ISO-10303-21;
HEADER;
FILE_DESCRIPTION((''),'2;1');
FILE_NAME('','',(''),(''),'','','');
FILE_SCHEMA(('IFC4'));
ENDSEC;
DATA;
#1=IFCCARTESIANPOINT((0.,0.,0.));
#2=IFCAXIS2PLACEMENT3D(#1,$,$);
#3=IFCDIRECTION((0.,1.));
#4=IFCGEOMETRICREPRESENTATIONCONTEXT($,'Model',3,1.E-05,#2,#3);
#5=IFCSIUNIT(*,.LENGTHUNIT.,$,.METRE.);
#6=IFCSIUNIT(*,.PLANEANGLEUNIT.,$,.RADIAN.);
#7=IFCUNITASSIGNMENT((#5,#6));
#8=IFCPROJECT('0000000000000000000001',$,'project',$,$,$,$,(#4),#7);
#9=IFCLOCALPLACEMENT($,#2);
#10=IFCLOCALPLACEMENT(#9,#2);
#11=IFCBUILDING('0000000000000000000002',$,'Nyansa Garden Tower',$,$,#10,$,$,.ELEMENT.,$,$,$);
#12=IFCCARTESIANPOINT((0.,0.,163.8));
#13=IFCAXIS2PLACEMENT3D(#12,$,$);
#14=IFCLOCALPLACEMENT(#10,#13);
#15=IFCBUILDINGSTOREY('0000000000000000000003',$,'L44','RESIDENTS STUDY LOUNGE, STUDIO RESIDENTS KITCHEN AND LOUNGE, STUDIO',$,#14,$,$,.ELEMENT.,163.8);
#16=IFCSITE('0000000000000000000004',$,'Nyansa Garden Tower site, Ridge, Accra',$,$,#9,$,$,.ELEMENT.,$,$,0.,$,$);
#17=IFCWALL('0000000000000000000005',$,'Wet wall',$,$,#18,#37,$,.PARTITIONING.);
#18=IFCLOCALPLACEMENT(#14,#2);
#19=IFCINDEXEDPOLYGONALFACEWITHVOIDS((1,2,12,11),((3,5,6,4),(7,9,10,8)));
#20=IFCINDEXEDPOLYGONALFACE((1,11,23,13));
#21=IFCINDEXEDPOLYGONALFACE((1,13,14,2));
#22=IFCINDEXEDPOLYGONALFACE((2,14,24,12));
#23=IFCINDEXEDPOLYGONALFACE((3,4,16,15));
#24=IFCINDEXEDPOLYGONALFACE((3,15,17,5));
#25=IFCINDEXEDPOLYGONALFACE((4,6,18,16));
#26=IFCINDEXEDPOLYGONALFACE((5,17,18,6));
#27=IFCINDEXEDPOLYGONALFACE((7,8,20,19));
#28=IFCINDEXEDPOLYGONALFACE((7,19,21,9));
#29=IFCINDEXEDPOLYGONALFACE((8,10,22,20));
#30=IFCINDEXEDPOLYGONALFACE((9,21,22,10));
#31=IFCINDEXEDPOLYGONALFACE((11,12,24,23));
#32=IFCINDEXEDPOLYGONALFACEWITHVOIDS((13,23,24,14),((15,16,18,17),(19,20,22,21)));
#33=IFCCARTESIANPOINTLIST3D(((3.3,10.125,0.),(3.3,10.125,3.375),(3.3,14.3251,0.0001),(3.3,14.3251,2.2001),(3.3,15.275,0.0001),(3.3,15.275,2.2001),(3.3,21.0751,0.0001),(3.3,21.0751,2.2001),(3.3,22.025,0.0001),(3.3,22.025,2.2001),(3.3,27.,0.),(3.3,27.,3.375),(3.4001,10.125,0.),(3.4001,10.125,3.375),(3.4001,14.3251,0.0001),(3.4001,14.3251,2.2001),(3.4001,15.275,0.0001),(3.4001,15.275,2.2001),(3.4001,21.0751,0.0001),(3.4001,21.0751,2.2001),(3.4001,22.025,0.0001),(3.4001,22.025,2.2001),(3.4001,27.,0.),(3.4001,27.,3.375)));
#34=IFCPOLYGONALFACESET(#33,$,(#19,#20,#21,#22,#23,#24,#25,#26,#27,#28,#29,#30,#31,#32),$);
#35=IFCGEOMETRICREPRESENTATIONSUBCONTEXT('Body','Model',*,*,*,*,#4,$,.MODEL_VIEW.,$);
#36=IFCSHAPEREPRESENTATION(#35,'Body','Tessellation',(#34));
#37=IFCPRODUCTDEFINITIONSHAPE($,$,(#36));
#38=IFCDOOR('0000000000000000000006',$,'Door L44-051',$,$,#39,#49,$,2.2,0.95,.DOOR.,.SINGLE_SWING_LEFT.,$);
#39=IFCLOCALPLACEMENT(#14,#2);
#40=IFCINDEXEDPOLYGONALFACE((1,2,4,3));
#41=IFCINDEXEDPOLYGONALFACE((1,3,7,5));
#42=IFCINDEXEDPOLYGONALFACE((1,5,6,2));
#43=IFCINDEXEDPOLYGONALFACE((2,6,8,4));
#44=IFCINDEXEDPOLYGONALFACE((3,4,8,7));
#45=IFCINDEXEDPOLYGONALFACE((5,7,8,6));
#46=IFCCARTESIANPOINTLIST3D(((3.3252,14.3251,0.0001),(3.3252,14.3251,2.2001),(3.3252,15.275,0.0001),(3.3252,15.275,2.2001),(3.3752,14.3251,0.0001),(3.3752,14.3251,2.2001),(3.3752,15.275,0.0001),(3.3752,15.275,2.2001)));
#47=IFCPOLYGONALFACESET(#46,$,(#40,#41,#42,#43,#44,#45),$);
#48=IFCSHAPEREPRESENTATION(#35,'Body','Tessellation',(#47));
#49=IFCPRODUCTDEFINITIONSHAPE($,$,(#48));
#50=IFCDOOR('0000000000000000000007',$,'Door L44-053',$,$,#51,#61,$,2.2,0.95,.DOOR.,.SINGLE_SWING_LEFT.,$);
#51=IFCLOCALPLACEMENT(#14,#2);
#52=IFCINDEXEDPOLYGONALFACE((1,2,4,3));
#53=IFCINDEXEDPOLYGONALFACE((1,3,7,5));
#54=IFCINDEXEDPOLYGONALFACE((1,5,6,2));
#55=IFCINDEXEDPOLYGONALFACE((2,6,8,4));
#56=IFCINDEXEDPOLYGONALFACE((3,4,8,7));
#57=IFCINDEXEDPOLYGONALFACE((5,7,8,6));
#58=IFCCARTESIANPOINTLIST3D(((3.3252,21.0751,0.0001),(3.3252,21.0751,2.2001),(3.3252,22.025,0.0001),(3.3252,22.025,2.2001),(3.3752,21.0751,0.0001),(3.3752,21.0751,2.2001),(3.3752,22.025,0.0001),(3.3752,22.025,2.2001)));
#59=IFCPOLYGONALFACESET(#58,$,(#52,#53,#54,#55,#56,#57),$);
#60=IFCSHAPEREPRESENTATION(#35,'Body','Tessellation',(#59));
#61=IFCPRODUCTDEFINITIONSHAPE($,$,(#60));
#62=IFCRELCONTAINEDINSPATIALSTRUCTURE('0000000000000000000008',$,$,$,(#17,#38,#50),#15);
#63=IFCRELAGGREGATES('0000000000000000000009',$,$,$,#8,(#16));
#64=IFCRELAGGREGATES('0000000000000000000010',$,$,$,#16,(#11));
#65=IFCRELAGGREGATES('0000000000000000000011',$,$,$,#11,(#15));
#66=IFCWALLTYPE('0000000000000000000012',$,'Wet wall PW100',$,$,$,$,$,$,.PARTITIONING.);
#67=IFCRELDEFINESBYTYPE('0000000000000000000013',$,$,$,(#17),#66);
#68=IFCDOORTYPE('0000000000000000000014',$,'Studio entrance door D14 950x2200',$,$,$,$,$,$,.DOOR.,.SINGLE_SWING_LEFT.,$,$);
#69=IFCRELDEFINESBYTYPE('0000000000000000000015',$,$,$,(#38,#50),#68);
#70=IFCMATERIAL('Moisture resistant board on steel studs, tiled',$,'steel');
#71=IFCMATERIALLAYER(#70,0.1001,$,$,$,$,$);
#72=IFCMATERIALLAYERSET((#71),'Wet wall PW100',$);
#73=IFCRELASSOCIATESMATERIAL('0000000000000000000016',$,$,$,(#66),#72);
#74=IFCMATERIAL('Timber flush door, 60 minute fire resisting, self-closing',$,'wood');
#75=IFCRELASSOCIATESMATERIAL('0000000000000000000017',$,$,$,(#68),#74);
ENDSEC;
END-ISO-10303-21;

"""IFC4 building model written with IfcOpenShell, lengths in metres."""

from ifc_helpers import new_model, si_unit, direction, frame, frame_2d, origin, place, context, subcontext, project, spatial, rectangle, extrude, material, layer, layer_set, type_object, element, fill, save


model = new_model("IFC4")

# Units and contexts
model_context = context("Model", 3, precision=1e-05, world=origin(), true_north=direction((0.0, 1.0)))
body_context = subcontext(model_context, "Body", "Model", "MODEL_VIEW")
ifc_project = project(units=[si_unit("LENGTHUNIT", "METRE"), si_unit("PLANEANGLEUNIT", "RADIAN")], contexts=[model_context])

# Site, building, storey
site_placement = place(None, origin())
site = spatial("IfcSite", under=ifc_project, at=site_placement, Name="Nyansa Garden Tower site, Ridge, Accra", CompositionType="ELEMENT", RefElevation=0.0)
building_placement = place(site_placement, origin())
building = spatial("IfcBuilding", under=site, at=building_placement, Name="Nyansa Garden Tower", CompositionType="ELEMENT")
storey_placement = place(building_placement, frame((0.0, 0.0, 163.8)))
storey = spatial("IfcBuildingStorey", under=building, at=storey_placement, Name="L44", Description="RESIDENTS STUDY LOUNGE, STUDIO RESIDENTS KITCHEN AND LOUNGE, STUDIO", CompositionType="ELEMENT", Elevation=163.8)

# Shared definitions
ifc_material_1 = material(Name="Moisture resistant board on steel studs, tiled", Category="steel")
ifc_layer_1 = layer(ifc_material_1, 0.1001)
ifc_layer_set_1 = layer_set([ifc_layer_1], Name="Wet wall PW100")
wall_type_1 = type_object("IfcWallType", Name="Wet wall PW100", PredefinedType="PARTITIONING", material=ifc_layer_set_1)

# Wall, openings, doors
wall_1_placement = place(storey_placement, frame((3.3501, 10.125, 0.0), z_axis=(0.0, 0.0, 1.0), x_axis=(0.0, 1.0, 0.0)))
wall_1 = element("IfcWall", 1, at=wall_1_placement, inside=storey, type_object=wall_type_1, Name="Wet wall", PredefinedType="PARTITIONING", context=body_context, shape_type="SweptSolid", body=[
    extrude(rectangle(XDim=16.875, YDim=0.1001, at=frame_2d((8.4375, 0.0))), origin(), (0.0, 0.0, 1.0), 3.375),
])
opening_1_placement = place(wall_1_placement, frame((4.2, 0.0, 0.0)))
opening_1 = element("IfcOpeningElement", 2, at=opening_1_placement, cuts=wall_1, PredefinedType="OPENING", context=body_context, shape_type="SweptSolid", body=[
    extrude(rectangle(XDim=0.95, YDim=2.2, at=frame_2d((0.4751, 1.1001))), frame((0.0, 0.0601, 0.0), z_axis=(0.0, -1.0, 0.0), x_axis=(1.0, 0.0, 0.0)), (0.0, 0.0, 1.0), 0.1201),
])
opening_2_placement = place(wall_1_placement, frame((10.95, 0.0, 0.0)))
opening_2 = element("IfcOpeningElement", 3, at=opening_2_placement, cuts=wall_1, PredefinedType="OPENING", context=body_context, shape_type="SweptSolid", body=[
    extrude(rectangle(XDim=0.95, YDim=2.2, at=frame_2d((0.4751, 1.1001))), frame((0.0, 0.0601, 0.0), z_axis=(0.0, -1.0, 0.0), x_axis=(1.0, 0.0, 0.0)), (0.0, 0.0, 1.0), 0.1201),
])
ifc_material_2 = material(Name="Timber flush door, 60 minute fire resisting, self-closing", Category="wood")
door_type_1 = type_object("IfcDoorType", Name="Studio entrance door D14 950x2200", OperationType="SINGLE_SWING_LEFT", PredefinedType="DOOR", material=ifc_material_2)
door_1_placement = place(opening_1_placement, origin())
door_1 = element("IfcDoor", 4, at=door_1_placement, inside=storey, type_object=door_type_1, Name="Door L44-051", OperationType="SINGLE_SWING_LEFT", OverallHeight=2.2, OverallWidth=0.95, PredefinedType="DOOR", context=body_context, shape_type="SweptSolid", body=[
    extrude(rectangle(XDim=0.95, YDim=2.2, at=frame_2d((0.4751, 1.1001))), frame((0.0, 0.0249, 0.0), z_axis=(0.0, -1.0, 0.0), x_axis=(1.0, 0.0, 0.0)), (0.0, 0.0, 1.0), 0.05),
])
fill(opening_1, door_1)
door_2_placement = place(opening_2_placement, origin())
door_2 = element("IfcDoor", 5, at=door_2_placement, inside=storey, type_object=door_type_1, Name="Door L44-053", OperationType="SINGLE_SWING_LEFT", OverallHeight=2.2, OverallWidth=0.95, PredefinedType="DOOR", context=body_context, shape_type="SweptSolid", body=[
    extrude(rectangle(XDim=0.95, YDim=2.2, at=frame_2d((0.4751, 1.1001))), frame((0.0, 0.0249, 0.0), z_axis=(0.0, -1.0, 0.0), x_axis=(1.0, 0.0, 0.0)), (0.0, 0.0, 1.0), 0.05),
])
fill(opening_2, door_2)

save(model, "model.ifc")
